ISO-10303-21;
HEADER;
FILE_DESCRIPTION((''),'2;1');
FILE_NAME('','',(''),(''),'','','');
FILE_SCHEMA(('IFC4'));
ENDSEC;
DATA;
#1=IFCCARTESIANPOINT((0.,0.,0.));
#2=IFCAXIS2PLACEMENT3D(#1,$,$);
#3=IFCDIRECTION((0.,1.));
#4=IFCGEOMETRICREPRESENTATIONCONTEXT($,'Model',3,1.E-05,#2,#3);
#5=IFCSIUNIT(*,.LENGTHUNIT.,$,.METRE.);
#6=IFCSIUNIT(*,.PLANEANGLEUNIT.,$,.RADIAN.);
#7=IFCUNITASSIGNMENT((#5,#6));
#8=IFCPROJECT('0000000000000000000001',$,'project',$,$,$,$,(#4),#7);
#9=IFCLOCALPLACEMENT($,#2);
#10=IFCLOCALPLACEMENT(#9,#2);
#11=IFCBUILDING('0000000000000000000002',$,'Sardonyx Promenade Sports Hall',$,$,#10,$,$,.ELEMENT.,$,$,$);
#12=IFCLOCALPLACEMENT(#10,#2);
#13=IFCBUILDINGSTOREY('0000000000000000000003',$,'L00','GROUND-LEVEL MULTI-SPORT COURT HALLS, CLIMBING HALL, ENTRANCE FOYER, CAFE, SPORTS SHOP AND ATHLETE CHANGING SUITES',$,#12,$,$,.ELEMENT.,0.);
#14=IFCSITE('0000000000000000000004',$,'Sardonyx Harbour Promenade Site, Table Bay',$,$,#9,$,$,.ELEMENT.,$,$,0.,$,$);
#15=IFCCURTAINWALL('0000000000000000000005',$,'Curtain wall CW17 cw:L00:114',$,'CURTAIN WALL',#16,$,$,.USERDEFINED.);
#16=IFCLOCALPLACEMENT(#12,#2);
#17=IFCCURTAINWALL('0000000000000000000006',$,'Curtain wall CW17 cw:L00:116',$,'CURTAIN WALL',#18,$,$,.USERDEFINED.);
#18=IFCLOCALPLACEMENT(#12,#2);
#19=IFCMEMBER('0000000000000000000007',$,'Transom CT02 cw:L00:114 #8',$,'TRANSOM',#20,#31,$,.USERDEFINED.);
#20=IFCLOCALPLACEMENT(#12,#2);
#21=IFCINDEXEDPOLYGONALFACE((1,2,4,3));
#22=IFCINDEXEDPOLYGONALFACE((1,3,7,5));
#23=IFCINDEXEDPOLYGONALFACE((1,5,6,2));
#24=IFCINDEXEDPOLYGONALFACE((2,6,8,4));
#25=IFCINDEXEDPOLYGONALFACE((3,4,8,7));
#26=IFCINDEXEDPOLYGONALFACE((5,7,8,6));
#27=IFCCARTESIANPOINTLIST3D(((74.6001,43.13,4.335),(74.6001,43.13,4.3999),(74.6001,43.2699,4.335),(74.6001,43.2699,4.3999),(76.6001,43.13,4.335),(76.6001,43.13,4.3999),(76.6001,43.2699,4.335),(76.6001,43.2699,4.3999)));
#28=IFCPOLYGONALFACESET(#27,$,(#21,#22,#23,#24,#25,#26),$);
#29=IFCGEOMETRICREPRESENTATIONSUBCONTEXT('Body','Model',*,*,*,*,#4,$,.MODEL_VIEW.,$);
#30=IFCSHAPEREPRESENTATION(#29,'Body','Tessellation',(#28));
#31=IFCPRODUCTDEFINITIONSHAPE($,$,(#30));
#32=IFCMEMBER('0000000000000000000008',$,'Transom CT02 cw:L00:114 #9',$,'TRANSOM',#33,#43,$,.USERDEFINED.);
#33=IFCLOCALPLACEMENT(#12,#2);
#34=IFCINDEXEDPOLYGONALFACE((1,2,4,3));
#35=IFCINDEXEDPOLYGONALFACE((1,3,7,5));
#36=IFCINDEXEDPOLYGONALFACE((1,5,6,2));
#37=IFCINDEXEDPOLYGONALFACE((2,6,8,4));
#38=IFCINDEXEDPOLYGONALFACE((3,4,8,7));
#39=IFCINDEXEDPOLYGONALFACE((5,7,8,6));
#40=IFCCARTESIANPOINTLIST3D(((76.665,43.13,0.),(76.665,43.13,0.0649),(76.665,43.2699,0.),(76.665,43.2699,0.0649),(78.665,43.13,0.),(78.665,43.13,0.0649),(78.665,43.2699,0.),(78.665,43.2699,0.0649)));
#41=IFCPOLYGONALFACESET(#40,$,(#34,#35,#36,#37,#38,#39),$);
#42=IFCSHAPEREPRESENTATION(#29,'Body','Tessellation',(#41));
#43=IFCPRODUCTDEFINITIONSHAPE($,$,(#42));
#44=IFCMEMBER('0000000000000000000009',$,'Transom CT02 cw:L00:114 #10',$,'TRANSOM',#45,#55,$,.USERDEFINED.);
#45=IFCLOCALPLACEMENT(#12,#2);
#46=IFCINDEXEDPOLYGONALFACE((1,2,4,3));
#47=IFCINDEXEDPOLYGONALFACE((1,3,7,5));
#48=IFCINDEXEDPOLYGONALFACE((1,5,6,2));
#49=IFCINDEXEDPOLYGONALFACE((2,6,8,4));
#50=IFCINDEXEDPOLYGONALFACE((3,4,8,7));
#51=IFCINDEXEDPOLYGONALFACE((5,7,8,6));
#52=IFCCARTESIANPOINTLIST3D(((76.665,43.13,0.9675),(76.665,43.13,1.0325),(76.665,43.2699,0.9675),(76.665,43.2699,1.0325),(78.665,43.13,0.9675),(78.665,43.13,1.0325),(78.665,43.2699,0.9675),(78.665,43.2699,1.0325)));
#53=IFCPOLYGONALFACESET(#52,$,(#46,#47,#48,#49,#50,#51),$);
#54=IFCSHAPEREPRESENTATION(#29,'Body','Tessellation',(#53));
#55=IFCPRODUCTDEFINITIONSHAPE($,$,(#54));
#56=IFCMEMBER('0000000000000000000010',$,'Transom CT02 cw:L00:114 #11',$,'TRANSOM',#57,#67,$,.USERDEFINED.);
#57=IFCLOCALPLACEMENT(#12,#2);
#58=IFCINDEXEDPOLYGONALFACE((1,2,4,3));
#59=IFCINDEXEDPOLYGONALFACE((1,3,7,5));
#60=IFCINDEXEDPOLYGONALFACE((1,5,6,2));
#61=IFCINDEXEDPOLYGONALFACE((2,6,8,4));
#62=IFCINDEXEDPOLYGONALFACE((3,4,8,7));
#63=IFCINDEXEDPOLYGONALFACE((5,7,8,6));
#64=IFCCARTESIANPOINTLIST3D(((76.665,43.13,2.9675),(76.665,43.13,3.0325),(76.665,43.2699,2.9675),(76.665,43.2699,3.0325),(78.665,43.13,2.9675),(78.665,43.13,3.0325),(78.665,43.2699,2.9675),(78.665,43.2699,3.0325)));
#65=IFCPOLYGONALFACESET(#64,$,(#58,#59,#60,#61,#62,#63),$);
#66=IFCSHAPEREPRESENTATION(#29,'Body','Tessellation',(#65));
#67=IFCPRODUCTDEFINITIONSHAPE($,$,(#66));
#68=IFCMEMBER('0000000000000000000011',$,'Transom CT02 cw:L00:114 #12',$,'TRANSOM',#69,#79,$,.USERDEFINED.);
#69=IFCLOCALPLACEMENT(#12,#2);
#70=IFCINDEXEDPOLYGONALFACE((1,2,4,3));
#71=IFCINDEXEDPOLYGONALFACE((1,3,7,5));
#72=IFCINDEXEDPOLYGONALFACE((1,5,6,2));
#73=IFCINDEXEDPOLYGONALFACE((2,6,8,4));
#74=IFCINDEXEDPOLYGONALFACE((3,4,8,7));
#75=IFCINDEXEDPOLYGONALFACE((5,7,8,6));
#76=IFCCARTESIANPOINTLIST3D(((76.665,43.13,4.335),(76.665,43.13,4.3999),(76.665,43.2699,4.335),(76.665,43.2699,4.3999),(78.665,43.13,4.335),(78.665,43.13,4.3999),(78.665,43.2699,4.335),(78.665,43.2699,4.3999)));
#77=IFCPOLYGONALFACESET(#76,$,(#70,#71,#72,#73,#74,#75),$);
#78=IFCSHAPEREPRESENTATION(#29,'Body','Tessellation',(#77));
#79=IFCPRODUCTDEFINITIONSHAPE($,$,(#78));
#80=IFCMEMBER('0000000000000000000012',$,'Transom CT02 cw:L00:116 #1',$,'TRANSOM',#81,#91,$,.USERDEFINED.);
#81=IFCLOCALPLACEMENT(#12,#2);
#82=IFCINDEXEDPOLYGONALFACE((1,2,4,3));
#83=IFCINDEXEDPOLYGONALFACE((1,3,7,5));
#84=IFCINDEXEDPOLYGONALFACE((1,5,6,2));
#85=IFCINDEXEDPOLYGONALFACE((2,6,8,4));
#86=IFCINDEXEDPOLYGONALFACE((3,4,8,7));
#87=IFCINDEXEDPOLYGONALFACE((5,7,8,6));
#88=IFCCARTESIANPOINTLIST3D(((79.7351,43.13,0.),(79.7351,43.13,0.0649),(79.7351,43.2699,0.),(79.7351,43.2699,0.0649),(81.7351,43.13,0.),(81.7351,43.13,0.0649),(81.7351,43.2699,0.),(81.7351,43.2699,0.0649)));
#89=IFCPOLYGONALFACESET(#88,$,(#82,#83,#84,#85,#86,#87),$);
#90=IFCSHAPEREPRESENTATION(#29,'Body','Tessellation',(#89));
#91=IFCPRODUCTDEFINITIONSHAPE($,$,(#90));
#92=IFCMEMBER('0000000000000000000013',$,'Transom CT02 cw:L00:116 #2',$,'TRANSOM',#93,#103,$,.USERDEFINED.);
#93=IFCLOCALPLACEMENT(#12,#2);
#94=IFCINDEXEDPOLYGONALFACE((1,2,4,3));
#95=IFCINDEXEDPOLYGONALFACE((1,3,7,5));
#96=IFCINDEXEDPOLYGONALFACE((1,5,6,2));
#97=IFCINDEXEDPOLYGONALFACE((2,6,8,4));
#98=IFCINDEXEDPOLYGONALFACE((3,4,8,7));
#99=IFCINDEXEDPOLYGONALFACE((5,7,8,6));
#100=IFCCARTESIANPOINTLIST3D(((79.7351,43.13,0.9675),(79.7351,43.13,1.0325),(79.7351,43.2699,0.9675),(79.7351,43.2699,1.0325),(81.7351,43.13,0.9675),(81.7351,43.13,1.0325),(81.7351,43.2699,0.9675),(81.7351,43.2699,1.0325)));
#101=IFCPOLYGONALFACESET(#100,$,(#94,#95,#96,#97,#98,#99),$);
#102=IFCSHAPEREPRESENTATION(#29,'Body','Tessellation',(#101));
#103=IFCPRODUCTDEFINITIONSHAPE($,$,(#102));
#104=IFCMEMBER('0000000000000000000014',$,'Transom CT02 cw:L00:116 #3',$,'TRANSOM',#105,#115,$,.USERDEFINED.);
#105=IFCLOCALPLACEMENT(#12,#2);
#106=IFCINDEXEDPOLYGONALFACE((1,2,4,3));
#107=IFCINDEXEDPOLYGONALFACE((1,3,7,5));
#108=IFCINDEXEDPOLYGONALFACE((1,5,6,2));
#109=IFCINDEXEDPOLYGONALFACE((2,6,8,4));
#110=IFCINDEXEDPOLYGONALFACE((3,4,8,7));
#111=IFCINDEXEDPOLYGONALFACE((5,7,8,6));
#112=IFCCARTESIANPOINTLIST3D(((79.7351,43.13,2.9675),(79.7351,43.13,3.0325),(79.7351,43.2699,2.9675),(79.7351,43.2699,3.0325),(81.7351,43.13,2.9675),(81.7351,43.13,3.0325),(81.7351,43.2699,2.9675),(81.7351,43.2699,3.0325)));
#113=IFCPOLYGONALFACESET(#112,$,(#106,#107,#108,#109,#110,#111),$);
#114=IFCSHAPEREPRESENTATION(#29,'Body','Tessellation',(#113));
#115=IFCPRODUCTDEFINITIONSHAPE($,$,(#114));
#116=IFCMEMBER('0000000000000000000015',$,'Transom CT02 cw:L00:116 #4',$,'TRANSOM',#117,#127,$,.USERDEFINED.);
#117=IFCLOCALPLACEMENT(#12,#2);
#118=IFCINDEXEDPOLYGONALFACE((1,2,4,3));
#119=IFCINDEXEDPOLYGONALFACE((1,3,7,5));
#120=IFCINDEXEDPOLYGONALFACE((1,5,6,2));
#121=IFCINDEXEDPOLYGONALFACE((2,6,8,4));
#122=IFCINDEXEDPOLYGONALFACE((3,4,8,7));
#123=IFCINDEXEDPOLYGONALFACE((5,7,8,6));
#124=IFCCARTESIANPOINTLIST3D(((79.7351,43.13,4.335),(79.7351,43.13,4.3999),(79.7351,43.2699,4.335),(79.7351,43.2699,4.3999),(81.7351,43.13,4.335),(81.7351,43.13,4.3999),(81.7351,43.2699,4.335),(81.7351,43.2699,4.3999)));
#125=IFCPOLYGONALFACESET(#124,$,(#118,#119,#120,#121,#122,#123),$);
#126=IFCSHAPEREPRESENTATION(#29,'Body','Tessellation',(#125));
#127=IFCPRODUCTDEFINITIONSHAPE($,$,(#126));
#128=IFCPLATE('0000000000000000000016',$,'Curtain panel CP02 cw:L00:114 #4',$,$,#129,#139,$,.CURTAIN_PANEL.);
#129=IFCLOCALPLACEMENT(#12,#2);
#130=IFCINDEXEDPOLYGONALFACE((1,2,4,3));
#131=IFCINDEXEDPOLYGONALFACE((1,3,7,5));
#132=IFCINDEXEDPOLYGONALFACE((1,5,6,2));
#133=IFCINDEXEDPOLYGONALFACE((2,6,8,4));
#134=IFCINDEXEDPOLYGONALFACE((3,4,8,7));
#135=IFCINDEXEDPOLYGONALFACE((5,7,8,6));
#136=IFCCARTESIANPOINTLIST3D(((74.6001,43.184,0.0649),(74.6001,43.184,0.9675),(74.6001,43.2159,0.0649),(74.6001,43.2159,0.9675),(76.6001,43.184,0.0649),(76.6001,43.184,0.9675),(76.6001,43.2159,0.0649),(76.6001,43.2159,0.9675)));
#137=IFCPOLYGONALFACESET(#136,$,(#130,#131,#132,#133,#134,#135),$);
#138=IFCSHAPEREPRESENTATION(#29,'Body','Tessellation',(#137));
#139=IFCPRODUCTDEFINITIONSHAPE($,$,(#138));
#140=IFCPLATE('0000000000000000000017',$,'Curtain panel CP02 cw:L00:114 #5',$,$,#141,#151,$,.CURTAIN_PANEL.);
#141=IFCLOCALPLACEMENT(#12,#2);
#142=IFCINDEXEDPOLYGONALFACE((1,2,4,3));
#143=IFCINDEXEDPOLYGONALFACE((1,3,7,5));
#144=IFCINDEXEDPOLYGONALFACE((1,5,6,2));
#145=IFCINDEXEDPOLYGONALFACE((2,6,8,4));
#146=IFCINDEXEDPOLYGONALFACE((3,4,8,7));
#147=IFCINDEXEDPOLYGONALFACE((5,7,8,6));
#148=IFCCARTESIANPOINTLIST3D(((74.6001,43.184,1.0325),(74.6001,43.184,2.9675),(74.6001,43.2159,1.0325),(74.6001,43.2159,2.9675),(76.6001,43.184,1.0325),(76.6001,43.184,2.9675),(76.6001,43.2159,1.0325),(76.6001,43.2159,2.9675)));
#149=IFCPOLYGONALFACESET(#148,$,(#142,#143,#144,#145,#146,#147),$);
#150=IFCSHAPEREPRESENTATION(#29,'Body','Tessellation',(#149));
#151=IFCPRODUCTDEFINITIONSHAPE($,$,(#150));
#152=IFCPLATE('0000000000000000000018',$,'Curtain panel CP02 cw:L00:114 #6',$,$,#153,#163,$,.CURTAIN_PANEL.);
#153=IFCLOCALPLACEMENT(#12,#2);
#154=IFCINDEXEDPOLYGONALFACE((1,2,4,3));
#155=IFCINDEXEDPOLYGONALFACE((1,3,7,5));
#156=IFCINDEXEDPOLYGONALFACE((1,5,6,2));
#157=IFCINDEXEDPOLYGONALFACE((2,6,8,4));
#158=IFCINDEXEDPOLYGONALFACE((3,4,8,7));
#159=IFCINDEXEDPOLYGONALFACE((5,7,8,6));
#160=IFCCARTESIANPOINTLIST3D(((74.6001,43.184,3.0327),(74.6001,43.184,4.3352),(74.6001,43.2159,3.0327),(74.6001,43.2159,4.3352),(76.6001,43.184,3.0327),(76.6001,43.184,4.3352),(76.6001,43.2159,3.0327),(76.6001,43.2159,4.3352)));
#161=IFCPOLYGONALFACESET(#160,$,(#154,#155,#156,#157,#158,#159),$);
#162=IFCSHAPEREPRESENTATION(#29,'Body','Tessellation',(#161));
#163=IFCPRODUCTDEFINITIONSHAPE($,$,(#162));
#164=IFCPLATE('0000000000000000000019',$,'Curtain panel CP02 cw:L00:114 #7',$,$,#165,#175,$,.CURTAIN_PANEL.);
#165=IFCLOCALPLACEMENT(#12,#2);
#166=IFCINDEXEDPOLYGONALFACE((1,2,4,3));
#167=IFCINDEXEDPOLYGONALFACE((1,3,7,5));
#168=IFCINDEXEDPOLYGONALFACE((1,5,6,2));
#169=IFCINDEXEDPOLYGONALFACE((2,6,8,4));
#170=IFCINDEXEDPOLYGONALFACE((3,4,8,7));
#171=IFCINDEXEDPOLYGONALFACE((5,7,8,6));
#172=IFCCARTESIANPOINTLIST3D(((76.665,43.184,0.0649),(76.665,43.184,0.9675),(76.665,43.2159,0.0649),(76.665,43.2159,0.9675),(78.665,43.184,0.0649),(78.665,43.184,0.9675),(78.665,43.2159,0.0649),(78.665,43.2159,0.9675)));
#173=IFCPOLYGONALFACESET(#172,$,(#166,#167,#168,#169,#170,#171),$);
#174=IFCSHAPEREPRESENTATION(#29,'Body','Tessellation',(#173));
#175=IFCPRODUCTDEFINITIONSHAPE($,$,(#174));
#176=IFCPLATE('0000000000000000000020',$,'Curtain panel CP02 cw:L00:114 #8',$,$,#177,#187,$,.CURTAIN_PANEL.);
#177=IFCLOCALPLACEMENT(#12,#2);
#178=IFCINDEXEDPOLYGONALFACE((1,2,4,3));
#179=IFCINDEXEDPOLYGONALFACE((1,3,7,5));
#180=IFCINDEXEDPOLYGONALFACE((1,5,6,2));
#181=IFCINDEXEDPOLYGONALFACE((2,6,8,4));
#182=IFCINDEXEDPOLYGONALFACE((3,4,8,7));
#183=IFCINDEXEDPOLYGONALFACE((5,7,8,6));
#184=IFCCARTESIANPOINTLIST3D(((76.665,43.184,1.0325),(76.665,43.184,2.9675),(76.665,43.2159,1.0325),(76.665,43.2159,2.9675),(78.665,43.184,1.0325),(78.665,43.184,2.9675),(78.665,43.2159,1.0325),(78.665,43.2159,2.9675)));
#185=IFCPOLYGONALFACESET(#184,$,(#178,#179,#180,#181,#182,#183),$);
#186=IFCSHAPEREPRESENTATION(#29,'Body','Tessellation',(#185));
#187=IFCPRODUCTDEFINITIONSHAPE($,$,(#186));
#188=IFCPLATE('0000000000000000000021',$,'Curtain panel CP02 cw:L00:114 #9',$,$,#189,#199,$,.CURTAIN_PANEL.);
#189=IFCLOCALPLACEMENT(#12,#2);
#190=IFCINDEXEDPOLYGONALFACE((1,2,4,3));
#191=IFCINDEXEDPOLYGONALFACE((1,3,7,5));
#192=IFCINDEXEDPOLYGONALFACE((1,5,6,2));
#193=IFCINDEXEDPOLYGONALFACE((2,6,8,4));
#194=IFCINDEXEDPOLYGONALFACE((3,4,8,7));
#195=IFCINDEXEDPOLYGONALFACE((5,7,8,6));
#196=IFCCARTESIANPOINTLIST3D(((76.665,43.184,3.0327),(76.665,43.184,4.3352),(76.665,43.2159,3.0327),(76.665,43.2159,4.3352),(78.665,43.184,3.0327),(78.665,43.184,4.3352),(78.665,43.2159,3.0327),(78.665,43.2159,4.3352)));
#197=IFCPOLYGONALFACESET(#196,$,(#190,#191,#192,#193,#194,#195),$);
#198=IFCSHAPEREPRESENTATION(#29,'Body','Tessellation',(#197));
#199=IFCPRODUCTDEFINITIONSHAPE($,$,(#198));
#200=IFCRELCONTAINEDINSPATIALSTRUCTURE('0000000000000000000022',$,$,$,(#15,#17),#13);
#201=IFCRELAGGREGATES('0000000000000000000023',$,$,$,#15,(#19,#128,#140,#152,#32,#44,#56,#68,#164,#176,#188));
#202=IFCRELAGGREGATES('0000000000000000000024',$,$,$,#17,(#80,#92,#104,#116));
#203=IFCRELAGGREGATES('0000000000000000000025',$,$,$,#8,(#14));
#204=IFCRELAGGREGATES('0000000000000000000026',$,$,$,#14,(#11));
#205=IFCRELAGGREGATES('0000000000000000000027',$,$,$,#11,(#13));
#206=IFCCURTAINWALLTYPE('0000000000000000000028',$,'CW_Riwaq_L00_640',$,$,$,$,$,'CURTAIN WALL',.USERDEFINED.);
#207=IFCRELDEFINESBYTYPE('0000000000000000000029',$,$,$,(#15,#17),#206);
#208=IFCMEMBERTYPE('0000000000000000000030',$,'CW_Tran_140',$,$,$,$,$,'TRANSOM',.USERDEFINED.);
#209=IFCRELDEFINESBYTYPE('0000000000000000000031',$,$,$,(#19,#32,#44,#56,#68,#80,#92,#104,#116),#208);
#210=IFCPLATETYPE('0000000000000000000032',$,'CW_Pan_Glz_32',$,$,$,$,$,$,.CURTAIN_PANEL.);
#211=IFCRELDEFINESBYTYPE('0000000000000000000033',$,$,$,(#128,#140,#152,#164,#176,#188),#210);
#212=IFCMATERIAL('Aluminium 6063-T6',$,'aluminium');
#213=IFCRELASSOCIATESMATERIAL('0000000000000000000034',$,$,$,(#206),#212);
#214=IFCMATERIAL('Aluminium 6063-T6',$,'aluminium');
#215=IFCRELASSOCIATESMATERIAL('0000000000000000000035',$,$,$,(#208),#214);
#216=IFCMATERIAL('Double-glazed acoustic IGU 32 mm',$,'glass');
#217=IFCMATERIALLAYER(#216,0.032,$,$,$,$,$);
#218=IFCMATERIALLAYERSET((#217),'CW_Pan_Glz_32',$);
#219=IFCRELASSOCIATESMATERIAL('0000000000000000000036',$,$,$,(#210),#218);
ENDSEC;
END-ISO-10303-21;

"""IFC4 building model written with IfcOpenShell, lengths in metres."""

from ifc_helpers import new_model, si_unit, direction, frame, origin, origin_2d, place, context, subcontext, project, spatial, rectangle, extrude, material, layer, layer_set, material_profile, profile_set, type_object, element, aggregate, save


model = new_model("IFC4")

# Units and contexts
model_context = context("Model", 3, precision=1e-05, world=origin(), true_north=direction((0.0, 1.0)))
body_context = subcontext(model_context, "Body", "Model", "MODEL_VIEW")
ifc_project = project(units=[si_unit("LENGTHUNIT", "METRE"), si_unit("PLANEANGLEUNIT", "RADIAN")], contexts=[model_context])

# Site, building, storey
site_placement = place(None, origin())
site = spatial("IfcSite", under=ifc_project, at=site_placement, Name="Sardonyx Harbour Promenade Site, Table Bay", CompositionType="ELEMENT", RefElevation=0.0)
building_placement = place(site_placement, origin())
building = spatial("IfcBuilding", under=site, at=building_placement, Name="Sardonyx Promenade Sports Hall", CompositionType="ELEMENT")
storey_placement = place(building_placement, origin())
storey = spatial("IfcBuildingStorey", under=building, at=storey_placement, Name="L00", Description="GROUND-LEVEL MULTI-SPORT COURT HALLS, CLIMBING HALL, ENTRANCE FOYER, CAFE, SPORTS SHOP AND ATHLETE CHANGING SUITES", CompositionType="ELEMENT", Elevation=0.0)

# Curtain wall
ifc_material_1 = material(Name="Aluminium 6063-T6", Category="aluminium")
curtain_wall_type = type_object("IfcCurtainWallType", Name="CW_Riwaq_L00_640", ElementType="CURTAIN WALL", PredefinedType="USERDEFINED", material=ifc_material_1)
curtain_wall_1_placement = place(storey_placement, origin())
curtain_wall_1 = element("IfcCurtainWall", 1, at=curtain_wall_1_placement, inside=storey, type_object=curtain_wall_type, Name="Curtain wall CW17 cw:L00:114", ObjectType="CURTAIN WALL", PredefinedType="USERDEFINED")

# Curtain wall
curtain_wall_2_placement = place(storey_placement, origin())
curtain_wall_2 = element("IfcCurtainWall", 2, at=curtain_wall_2_placement, inside=storey, type_object=curtain_wall_type, Name="Curtain wall CW17 cw:L00:116", ObjectType="CURTAIN WALL", PredefinedType="USERDEFINED")

# Members
ifc_material_2 = material(Name="Aluminium 6063-T6", Category="aluminium")
ifc_material_profile_1 = material_profile(ifc_material_2, rectangle(XDim=0.0649, YDim=0.1399, at=origin_2d()))
ifc_profile_set_1 = profile_set([ifc_material_profile_1], Name="Aluminium 6063-T6")
member_type_1 = type_object("IfcMemberType", Name="CW_Tran_140", ElementType="TRANSOM", PredefinedType="USERDEFINED", material=ifc_profile_set_1)
member_1_placement = place(storey_placement, frame((74.6001, 43.2, 4.3674), z_axis=(1.0, 0.0, 0.0), x_axis=(0.0, 0.0, 1.0)))
member_1 = element("IfcMember", 3, at=member_1_placement, type_object=member_type_1, Name="Transom CT02 cw:L00:114 #8", ObjectType="TRANSOM", PredefinedType="USERDEFINED", context=body_context, shape_type="SweptSolid", body=[
    extrude(rectangle(XDim=0.0649, YDim=0.1399, at=origin_2d()), origin(), (0.0, 0.0, 1.0), 2.0),
])
member_2_placement = place(storey_placement, frame((76.665, 43.2, 0.0325), z_axis=(1.0, 0.0, 0.0), x_axis=(0.0, 0.0, 1.0)))
member_2 = element("IfcMember", 4, at=member_2_placement, type_object=member_type_1, Name="Transom CT02 cw:L00:114 #9", ObjectType="TRANSOM", PredefinedType="USERDEFINED", context=body_context, shape_type="SweptSolid", body=[
    extrude(rectangle(XDim=0.0649, YDim=0.1399, at=origin_2d()), origin(), (0.0, 0.0, 1.0), 2.0),
])
member_3_placement = place(storey_placement, frame((76.665, 43.2, 1.0), z_axis=(1.0, 0.0, 0.0), x_axis=(0.0, 0.0, 1.0)))
member_3 = element("IfcMember", 5, at=member_3_placement, type_object=member_type_1, Name="Transom CT02 cw:L00:114 #10", ObjectType="TRANSOM", PredefinedType="USERDEFINED", context=body_context, shape_type="SweptSolid", body=[
    extrude(rectangle(XDim=0.0649, YDim=0.1399, at=origin_2d()), origin(), (0.0, 0.0, 1.0), 2.0),
])
member_4_placement = place(storey_placement, frame((76.665, 43.2, 3.0), z_axis=(1.0, 0.0, 0.0), x_axis=(0.0, 0.0, 1.0)))
member_4 = element("IfcMember", 6, at=member_4_placement, type_object=member_type_1, Name="Transom CT02 cw:L00:114 #11", ObjectType="TRANSOM", PredefinedType="USERDEFINED", context=body_context, shape_type="SweptSolid", body=[
    extrude(rectangle(XDim=0.0649, YDim=0.1399, at=origin_2d()), origin(), (0.0, 0.0, 1.0), 2.0),
])
member_5_placement = place(storey_placement, frame((76.665, 43.2, 4.3674), z_axis=(1.0, 0.0, 0.0), x_axis=(0.0, 0.0, 1.0)))
member_5 = element("IfcMember", 7, at=member_5_placement, type_object=member_type_1, Name="Transom CT02 cw:L00:114 #12", ObjectType="TRANSOM", PredefinedType="USERDEFINED", context=body_context, shape_type="SweptSolid", body=[
    extrude(rectangle(XDim=0.0649, YDim=0.1399, at=origin_2d()), origin(), (0.0, 0.0, 1.0), 2.0),
])
member_6_placement = place(storey_placement, frame((79.7351, 43.2, 0.0325), z_axis=(1.0, 0.0, 0.0), x_axis=(0.0, 0.0, 1.0)))
member_6 = element("IfcMember", 8, at=member_6_placement, type_object=member_type_1, Name="Transom CT02 cw:L00:116 #1", ObjectType="TRANSOM", PredefinedType="USERDEFINED", context=body_context, shape_type="SweptSolid", body=[
    extrude(rectangle(XDim=0.0649, YDim=0.1399, at=origin_2d()), origin(), (0.0, 0.0, 1.0), 2.0),
])
member_7_placement = place(storey_placement, frame((79.7351, 43.2, 1.0), z_axis=(1.0, 0.0, 0.0), x_axis=(0.0, 0.0, 1.0)))
member_7 = element("IfcMember", 9, at=member_7_placement, type_object=member_type_1, Name="Transom CT02 cw:L00:116 #2", ObjectType="TRANSOM", PredefinedType="USERDEFINED", context=body_context, shape_type="SweptSolid", body=[
    extrude(rectangle(XDim=0.0649, YDim=0.1399, at=origin_2d()), origin(), (0.0, 0.0, 1.0), 2.0),
])
member_8_placement = place(storey_placement, frame((79.7351, 43.2, 3.0), z_axis=(1.0, 0.0, 0.0), x_axis=(0.0, 0.0, 1.0)))
member_8 = element("IfcMember", 10, at=member_8_placement, type_object=member_type_1, Name="Transom CT02 cw:L00:116 #3", ObjectType="TRANSOM", PredefinedType="USERDEFINED", context=body_context, shape_type="SweptSolid", body=[
    extrude(rectangle(XDim=0.0649, YDim=0.1399, at=origin_2d()), origin(), (0.0, 0.0, 1.0), 2.0),
])
member_9_placement = place(storey_placement, frame((79.7351, 43.2, 4.3674), z_axis=(1.0, 0.0, 0.0), x_axis=(0.0, 0.0, 1.0)))
member_9 = element("IfcMember", 11, at=member_9_placement, type_object=member_type_1, Name="Transom CT02 cw:L00:116 #4", ObjectType="TRANSOM", PredefinedType="USERDEFINED", context=body_context, shape_type="SweptSolid", body=[
    extrude(rectangle(XDim=0.0649, YDim=0.1399, at=origin_2d()), origin(), (0.0, 0.0, 1.0), 2.0),
])

# Plates
ifc_material_3 = material(Name="Double-glazed acoustic IGU 32 mm", Category="glass")
ifc_layer = layer(ifc_material_3, 0.032)
ifc_layer_set = layer_set([ifc_layer], Name="CW_Pan_Glz_32")
plate_type = type_object("IfcPlateType", Name="CW_Pan_Glz_32", PredefinedType="CURTAIN_PANEL", material=ifc_layer_set)
plate_1_placement = place(storey_placement, frame((75.6001, 43.2, 0.0649), z_axis=(0.0, 0.0, 1.0), x_axis=(1.0, 0.0, 0.0)))
plate_1 = element("IfcPlate", 12, at=plate_1_placement, type_object=plate_type, Name="Curtain panel CP02 cw:L00:114 #4", PredefinedType="CURTAIN_PANEL", context=body_context, shape_type="SweptSolid", body=[
    extrude(rectangle(XDim=2.0, YDim=0.032, at=origin_2d()), origin(), (0.0, 0.0, 1.0), 0.9026),
])
plate_2_placement = place(storey_placement, frame((75.6001, 43.2, 1.0325), z_axis=(0.0, 0.0, 1.0), x_axis=(1.0, 0.0, 0.0)))
plate_2 = element("IfcPlate", 13, at=plate_2_placement, type_object=plate_type, Name="Curtain panel CP02 cw:L00:114 #5", PredefinedType="CURTAIN_PANEL", context=body_context, shape_type="SweptSolid", body=[
    extrude(rectangle(XDim=2.0, YDim=0.032, at=origin_2d()), origin(), (0.0, 0.0, 1.0), 1.9351),
])
plate_3_placement = place(storey_placement, frame((75.6001, 43.2, 3.0327), z_axis=(0.0, 0.0, 1.0), x_axis=(1.0, 0.0, 0.0)))
plate_3 = element("IfcPlate", 14, at=plate_3_placement, type_object=plate_type, Name="Curtain panel CP02 cw:L00:114 #6", PredefinedType="CURTAIN_PANEL", context=body_context, shape_type="SweptSolid", body=[
    extrude(rectangle(XDim=2.0, YDim=0.032, at=origin_2d()), origin(), (0.0, 0.0, 1.0), 1.3025),
])
plate_4_placement = place(storey_placement, frame((77.665, 43.2, 0.0649), z_axis=(0.0, 0.0, 1.0), x_axis=(1.0, 0.0, 0.0)))
plate_4 = element("IfcPlate", 15, at=plate_4_placement, type_object=plate_type, Name="Curtain panel CP02 cw:L00:114 #7", PredefinedType="CURTAIN_PANEL", context=body_context, shape_type="SweptSolid", body=[
    extrude(rectangle(XDim=2.0, YDim=0.032, at=origin_2d()), origin(), (0.0, 0.0, 1.0), 0.9026),
])
plate_5_placement = place(storey_placement, frame((77.665, 43.2, 1.0325), z_axis=(0.0, 0.0, 1.0), x_axis=(1.0, 0.0, 0.0)))
plate_5 = element("IfcPlate", 16, at=plate_5_placement, type_object=plate_type, Name="Curtain panel CP02 cw:L00:114 #8", PredefinedType="CURTAIN_PANEL", context=body_context, shape_type="SweptSolid", body=[
    extrude(rectangle(XDim=2.0, YDim=0.032, at=origin_2d()), origin(), (0.0, 0.0, 1.0), 1.9351),
])
plate_6_placement = place(storey_placement, frame((77.665, 43.2, 3.0327), z_axis=(0.0, 0.0, 1.0), x_axis=(1.0, 0.0, 0.0)))
plate_6 = element("IfcPlate", 17, at=plate_6_placement, type_object=plate_type, Name="Curtain panel CP02 cw:L00:114 #9", PredefinedType="CURTAIN_PANEL", context=body_context, shape_type="SweptSolid", body=[
    extrude(rectangle(XDim=2.0, YDim=0.032, at=origin_2d()), origin(), (0.0, 0.0, 1.0), 1.3025),
])
aggregate(curtain_wall_1, [member_1, plate_1, plate_2, plate_3, member_2, member_3, member_4, member_5, plate_4, plate_5, plate_6])
aggregate(curtain_wall_2, [member_6, member_7, member_8, member_9])

save(model, "model.ifc")
